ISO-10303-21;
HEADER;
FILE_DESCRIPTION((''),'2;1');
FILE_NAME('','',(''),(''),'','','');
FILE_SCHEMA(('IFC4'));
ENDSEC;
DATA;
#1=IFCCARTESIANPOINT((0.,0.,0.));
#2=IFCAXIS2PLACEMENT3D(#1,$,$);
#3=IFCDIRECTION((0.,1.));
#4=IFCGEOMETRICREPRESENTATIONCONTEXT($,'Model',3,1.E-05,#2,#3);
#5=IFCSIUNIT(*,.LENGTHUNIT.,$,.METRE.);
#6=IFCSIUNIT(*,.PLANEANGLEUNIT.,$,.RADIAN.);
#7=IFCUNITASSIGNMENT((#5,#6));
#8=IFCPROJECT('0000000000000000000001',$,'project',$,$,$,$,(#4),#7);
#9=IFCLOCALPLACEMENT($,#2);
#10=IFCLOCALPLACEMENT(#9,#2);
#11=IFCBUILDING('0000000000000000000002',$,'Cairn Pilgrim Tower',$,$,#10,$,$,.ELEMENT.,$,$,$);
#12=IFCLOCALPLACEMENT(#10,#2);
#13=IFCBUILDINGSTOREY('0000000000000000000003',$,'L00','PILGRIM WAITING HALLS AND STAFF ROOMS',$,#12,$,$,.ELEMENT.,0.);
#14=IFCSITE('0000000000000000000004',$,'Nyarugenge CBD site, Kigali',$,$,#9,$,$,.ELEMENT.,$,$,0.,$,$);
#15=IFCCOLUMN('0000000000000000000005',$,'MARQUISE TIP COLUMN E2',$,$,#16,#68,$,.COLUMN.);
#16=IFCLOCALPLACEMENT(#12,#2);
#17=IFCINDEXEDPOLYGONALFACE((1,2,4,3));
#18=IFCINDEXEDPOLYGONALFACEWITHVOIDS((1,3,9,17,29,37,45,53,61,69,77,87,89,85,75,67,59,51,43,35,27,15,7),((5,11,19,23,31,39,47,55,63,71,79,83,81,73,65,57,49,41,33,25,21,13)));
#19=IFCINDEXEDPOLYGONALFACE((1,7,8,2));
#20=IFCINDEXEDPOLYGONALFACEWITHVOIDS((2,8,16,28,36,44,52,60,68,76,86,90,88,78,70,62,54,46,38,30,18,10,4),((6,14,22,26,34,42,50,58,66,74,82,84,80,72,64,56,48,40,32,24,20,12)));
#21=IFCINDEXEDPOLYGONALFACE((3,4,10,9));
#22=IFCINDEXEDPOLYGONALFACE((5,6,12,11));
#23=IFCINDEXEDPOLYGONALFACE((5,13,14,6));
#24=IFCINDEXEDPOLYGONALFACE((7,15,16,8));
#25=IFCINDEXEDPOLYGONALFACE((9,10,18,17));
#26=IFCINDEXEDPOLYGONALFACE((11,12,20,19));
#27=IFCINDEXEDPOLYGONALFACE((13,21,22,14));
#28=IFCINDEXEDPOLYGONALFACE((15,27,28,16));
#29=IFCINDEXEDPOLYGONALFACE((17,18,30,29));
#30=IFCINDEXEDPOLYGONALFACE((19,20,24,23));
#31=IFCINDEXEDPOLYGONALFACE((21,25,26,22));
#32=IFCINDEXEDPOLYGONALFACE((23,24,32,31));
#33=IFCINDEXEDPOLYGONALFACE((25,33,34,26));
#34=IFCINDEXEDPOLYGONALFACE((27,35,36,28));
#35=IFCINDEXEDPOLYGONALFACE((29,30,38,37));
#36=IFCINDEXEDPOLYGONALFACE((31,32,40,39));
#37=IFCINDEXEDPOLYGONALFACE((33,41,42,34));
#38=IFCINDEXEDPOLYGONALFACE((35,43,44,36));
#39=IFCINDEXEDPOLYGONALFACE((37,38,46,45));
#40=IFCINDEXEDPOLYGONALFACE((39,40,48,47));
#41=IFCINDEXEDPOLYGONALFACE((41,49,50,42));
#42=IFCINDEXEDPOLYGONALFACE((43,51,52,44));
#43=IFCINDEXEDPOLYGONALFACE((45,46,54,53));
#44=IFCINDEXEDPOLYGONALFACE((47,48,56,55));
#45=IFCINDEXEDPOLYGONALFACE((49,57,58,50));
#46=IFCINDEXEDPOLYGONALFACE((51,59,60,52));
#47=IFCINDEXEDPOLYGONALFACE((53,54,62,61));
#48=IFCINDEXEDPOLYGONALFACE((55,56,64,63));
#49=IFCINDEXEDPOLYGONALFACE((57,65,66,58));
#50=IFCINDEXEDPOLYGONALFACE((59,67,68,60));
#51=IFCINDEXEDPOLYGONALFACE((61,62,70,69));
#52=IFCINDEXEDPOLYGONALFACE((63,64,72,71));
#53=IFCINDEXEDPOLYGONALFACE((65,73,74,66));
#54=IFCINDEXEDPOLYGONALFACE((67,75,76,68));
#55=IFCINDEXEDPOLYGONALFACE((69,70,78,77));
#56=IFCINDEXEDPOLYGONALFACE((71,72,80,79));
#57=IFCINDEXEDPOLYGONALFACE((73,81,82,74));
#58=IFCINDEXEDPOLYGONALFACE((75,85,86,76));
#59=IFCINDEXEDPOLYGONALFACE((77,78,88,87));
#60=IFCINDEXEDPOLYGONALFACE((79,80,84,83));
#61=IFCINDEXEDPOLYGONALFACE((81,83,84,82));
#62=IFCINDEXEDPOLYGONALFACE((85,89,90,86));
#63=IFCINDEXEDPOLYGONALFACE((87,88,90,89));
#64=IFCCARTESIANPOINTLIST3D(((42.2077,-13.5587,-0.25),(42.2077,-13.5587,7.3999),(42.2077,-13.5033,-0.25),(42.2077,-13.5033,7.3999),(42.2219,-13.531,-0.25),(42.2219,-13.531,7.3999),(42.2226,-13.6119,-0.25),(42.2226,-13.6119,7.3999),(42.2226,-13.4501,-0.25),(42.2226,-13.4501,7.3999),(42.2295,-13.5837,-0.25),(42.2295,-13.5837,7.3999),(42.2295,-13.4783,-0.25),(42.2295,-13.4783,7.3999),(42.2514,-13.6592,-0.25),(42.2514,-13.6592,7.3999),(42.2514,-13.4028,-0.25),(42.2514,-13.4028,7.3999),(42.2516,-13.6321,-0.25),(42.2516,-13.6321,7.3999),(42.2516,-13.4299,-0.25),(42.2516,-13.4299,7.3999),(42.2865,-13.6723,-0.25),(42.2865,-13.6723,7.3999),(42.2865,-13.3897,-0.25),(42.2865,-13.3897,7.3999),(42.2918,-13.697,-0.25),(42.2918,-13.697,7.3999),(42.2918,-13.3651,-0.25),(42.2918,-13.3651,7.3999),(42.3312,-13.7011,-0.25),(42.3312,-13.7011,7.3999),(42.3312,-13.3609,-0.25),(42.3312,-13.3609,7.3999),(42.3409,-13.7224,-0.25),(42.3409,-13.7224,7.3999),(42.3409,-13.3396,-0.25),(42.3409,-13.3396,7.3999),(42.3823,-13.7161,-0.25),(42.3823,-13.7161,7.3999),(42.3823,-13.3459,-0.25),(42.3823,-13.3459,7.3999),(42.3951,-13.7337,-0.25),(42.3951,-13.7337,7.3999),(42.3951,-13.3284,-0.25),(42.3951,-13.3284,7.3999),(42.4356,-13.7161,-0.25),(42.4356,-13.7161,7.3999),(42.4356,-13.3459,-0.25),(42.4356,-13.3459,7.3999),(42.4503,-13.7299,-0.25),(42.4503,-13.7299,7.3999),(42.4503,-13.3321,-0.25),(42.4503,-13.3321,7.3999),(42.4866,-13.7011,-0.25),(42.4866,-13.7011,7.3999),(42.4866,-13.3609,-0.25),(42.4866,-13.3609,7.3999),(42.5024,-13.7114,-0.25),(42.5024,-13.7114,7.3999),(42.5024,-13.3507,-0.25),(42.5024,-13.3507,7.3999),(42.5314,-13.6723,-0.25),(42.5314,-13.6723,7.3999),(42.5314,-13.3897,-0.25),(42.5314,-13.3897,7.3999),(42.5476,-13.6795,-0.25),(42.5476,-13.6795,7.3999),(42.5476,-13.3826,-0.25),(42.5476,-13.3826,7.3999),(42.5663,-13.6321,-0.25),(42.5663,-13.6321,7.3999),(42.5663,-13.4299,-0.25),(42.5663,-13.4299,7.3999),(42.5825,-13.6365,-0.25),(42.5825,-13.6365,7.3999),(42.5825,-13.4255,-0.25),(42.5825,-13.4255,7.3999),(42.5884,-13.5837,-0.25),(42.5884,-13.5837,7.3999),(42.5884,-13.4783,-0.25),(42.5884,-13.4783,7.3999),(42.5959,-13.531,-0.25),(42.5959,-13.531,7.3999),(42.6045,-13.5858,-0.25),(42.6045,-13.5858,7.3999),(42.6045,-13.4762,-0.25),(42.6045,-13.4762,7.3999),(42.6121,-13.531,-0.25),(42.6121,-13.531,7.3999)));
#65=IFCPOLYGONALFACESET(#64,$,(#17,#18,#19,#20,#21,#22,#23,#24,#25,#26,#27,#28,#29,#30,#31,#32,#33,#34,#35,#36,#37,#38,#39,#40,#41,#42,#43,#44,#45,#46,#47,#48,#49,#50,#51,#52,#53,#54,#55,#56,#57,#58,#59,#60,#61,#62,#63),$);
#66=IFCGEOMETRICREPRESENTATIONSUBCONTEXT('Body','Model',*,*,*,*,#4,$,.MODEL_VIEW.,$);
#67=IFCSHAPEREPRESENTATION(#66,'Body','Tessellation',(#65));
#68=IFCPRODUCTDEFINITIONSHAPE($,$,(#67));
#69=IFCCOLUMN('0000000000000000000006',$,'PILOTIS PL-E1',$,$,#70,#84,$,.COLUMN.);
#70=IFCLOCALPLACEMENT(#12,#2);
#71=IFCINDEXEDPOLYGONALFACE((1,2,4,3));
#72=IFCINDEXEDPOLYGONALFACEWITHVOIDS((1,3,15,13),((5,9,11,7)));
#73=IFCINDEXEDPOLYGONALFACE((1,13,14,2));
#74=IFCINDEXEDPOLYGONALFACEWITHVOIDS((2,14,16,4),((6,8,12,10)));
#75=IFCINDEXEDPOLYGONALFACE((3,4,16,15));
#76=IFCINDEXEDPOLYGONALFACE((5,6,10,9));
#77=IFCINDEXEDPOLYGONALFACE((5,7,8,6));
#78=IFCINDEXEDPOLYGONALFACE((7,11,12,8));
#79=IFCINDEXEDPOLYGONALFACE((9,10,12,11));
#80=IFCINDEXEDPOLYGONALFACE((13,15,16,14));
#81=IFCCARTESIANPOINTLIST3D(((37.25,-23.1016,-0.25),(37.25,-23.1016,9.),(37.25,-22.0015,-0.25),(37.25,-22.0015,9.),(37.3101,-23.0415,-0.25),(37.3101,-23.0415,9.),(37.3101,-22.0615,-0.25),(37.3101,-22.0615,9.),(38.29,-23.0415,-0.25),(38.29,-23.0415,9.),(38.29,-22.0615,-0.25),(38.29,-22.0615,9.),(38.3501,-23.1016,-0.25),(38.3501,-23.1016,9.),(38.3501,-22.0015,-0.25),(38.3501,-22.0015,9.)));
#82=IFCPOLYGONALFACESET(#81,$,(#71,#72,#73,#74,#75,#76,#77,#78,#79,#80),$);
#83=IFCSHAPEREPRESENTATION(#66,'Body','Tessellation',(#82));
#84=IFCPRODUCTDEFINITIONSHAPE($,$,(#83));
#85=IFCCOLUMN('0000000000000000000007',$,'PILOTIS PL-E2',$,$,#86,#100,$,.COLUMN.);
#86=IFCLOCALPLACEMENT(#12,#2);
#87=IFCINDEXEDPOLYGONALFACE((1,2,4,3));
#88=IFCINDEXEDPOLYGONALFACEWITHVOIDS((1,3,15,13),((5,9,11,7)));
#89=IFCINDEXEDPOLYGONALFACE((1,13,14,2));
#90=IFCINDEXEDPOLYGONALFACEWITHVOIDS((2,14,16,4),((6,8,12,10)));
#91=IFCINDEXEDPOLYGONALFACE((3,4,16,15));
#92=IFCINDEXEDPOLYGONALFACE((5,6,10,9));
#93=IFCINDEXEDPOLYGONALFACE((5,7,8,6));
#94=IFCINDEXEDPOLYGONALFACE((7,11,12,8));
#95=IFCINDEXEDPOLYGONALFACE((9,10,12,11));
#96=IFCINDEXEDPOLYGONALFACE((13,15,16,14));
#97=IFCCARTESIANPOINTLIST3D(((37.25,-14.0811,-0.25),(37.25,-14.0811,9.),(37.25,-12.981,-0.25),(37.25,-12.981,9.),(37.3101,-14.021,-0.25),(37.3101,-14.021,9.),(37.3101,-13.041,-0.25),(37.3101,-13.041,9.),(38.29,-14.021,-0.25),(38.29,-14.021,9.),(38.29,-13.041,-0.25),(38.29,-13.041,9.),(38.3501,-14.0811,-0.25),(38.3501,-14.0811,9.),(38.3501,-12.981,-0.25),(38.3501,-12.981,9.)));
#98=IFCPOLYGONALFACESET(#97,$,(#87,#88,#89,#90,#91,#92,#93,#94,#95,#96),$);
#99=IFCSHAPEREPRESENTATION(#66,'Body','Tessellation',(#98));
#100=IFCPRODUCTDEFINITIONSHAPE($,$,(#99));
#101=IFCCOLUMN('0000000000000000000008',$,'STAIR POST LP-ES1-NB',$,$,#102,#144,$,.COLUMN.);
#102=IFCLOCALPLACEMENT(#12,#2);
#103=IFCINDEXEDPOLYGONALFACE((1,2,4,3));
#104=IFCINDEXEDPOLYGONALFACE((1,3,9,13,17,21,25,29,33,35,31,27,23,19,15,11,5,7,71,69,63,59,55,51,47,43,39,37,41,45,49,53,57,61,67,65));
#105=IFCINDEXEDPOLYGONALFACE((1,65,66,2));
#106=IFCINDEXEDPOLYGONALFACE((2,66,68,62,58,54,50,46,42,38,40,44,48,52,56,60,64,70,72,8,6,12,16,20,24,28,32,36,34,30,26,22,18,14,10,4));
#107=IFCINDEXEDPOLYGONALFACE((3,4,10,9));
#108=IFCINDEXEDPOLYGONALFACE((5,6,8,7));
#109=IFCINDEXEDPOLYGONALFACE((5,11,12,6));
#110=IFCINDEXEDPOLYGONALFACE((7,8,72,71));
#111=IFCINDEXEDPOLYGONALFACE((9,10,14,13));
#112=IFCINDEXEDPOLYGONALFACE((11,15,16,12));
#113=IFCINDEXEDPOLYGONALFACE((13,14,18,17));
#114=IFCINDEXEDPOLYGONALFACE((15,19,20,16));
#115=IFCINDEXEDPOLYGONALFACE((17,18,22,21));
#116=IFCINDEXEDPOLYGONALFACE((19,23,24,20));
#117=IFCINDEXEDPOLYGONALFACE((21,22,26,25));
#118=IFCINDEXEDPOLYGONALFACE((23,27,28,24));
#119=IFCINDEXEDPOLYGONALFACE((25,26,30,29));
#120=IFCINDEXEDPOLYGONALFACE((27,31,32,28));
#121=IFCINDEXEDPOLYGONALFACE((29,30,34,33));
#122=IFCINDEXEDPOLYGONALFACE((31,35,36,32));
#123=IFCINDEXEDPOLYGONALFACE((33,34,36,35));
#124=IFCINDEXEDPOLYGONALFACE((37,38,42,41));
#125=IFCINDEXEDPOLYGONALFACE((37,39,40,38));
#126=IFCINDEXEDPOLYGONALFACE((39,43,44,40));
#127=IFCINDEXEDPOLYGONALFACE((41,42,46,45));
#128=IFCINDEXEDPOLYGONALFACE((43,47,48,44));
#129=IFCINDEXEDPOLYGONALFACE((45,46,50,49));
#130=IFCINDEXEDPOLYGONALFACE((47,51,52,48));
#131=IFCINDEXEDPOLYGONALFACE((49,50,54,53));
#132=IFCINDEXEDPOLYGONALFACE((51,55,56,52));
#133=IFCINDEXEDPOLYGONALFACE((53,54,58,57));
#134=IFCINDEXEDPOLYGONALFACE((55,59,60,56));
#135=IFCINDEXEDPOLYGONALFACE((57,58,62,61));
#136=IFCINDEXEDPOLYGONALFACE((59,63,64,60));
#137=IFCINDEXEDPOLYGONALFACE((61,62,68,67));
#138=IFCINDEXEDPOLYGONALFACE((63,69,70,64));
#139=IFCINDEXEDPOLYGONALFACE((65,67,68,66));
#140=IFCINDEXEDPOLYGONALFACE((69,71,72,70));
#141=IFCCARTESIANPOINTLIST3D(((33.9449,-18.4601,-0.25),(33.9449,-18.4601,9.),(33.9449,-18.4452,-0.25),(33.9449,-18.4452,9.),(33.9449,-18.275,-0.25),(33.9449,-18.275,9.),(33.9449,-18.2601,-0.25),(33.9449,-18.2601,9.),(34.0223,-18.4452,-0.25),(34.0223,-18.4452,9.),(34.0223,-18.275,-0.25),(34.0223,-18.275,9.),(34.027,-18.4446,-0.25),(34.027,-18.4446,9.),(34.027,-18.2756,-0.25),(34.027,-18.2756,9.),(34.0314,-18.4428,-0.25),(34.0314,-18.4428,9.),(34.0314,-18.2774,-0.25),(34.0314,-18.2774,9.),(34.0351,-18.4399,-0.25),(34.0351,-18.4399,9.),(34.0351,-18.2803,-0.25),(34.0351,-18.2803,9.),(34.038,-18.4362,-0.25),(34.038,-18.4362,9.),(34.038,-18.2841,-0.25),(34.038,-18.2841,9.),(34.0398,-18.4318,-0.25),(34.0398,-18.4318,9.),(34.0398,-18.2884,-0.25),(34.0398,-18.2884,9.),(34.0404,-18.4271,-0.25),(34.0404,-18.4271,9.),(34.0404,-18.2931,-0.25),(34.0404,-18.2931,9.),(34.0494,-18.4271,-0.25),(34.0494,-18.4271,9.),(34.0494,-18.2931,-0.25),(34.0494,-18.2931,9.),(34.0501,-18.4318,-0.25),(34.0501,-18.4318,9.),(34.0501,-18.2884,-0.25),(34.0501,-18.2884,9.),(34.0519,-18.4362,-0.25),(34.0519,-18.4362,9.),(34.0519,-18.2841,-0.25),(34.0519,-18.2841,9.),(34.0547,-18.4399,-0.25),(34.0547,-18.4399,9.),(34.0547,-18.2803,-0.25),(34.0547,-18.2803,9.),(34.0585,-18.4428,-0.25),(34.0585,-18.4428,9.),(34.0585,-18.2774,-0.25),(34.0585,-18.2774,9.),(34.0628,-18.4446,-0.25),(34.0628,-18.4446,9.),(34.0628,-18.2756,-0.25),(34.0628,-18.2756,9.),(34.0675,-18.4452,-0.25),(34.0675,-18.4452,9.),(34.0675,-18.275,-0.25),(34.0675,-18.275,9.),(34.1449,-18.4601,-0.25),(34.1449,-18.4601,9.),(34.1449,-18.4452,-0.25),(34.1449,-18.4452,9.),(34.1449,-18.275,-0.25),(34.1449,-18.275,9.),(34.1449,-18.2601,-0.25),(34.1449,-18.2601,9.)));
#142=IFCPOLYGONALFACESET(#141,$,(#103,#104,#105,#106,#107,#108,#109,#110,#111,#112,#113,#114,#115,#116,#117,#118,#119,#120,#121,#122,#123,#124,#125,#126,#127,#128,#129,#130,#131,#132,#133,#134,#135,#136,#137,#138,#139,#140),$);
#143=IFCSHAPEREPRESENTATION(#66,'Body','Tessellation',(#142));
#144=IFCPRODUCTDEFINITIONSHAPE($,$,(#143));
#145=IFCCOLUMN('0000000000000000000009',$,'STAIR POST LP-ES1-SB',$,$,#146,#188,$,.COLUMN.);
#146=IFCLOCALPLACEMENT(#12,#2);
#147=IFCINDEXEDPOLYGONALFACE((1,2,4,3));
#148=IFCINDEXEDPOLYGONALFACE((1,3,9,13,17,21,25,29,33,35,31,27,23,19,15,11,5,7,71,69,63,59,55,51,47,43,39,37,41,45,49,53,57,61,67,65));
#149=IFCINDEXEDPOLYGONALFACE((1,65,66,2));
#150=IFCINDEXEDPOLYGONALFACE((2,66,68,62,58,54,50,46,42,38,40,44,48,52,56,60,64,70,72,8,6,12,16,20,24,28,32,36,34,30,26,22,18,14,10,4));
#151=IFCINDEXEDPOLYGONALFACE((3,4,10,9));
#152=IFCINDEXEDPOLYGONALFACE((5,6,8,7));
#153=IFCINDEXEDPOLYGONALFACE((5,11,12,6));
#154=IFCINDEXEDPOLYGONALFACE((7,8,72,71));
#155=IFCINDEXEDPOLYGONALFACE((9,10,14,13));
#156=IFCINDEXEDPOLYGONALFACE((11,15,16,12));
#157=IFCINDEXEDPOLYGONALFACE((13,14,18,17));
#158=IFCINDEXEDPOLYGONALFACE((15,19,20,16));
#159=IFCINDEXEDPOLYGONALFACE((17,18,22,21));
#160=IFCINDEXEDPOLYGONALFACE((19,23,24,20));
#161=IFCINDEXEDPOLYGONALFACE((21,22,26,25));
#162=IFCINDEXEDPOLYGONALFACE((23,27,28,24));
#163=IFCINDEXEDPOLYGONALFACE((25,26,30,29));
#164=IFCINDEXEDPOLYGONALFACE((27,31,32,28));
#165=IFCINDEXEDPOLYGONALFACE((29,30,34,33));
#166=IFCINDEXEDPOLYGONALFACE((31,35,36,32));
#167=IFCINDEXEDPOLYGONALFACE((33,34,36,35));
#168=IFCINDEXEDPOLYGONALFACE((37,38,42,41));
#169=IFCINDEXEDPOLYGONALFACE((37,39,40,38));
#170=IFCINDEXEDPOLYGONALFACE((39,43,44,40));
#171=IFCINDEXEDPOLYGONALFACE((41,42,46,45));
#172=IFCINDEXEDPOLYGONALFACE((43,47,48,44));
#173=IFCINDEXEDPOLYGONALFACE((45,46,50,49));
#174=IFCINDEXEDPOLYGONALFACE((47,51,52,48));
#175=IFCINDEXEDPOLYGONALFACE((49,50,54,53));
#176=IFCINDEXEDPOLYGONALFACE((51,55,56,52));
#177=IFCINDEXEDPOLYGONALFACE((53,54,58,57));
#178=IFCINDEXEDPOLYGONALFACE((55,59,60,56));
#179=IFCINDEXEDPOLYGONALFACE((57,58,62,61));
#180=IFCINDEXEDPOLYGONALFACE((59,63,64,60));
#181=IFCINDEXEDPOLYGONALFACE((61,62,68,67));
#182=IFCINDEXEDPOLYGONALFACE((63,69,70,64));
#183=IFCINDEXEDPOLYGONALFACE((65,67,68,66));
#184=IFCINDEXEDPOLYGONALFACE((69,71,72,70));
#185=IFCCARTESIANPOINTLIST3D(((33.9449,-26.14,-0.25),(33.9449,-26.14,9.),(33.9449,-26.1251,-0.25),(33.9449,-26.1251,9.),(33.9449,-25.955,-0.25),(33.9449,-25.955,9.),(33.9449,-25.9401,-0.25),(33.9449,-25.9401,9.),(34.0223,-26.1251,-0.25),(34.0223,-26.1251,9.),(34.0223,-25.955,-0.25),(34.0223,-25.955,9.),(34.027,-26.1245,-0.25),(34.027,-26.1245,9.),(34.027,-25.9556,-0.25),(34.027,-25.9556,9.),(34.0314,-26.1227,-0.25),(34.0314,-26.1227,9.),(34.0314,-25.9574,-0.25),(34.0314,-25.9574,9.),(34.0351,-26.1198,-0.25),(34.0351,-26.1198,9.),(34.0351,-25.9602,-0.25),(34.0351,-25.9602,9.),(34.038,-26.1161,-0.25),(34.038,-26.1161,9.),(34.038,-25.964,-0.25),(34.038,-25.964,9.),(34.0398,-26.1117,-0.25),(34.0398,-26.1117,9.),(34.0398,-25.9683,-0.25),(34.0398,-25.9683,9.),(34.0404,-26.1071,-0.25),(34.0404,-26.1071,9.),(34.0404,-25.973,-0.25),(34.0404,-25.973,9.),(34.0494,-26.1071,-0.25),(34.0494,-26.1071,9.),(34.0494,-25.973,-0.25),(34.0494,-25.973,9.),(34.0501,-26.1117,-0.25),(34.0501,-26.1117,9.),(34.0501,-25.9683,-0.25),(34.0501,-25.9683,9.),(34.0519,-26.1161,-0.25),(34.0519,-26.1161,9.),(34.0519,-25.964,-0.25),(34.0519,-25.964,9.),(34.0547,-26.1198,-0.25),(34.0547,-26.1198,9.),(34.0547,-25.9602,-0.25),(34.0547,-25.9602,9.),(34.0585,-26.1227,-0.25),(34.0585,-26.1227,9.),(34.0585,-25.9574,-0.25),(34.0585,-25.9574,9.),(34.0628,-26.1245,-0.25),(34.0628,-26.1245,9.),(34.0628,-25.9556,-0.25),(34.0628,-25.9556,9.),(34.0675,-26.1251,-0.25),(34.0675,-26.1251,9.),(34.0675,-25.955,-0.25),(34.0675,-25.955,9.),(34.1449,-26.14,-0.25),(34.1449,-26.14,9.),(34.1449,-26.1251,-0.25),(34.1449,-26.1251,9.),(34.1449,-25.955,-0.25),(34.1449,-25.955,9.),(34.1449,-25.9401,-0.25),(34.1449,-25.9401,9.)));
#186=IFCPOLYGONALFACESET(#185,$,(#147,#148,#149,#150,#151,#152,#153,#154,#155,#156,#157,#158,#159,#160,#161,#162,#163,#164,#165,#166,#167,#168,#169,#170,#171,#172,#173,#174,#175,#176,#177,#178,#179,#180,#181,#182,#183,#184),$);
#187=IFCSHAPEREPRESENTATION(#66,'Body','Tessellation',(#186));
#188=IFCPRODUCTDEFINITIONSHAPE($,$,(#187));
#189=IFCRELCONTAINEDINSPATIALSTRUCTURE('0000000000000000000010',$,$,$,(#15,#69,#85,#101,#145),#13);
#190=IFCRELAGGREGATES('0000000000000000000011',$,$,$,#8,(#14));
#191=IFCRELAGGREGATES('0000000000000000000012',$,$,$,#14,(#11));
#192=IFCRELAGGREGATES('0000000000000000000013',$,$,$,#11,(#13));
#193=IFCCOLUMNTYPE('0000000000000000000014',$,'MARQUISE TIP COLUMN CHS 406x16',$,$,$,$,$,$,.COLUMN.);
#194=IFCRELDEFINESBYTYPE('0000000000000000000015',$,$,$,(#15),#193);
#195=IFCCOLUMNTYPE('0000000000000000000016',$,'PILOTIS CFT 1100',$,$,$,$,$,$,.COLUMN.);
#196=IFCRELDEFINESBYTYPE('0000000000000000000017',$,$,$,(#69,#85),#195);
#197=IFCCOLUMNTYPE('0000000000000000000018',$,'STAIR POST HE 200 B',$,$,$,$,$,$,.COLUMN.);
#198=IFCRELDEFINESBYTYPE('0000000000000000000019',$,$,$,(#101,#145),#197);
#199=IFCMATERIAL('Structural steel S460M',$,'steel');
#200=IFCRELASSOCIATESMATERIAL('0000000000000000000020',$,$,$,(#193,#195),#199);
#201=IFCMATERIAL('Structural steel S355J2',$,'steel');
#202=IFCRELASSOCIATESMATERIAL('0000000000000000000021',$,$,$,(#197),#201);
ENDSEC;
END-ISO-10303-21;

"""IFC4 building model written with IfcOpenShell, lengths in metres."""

from ifc_helpers import new_model, si_unit, direction, frame, origin, origin_2d, place, context, subcontext, project, spatial, hollow_rectangle, hollow_circle, i_section, extrude, material, material_profile, profile_set, type_object, element, save


model = new_model("IFC4")

# Units and contexts
model_context = context("Model", 3, precision=1e-05, world=origin(), true_north=direction((0.0, 1.0)))
body_context = subcontext(model_context, "Body", "Model", "MODEL_VIEW")
ifc_project = project(units=[si_unit("LENGTHUNIT", "METRE"), si_unit("PLANEANGLEUNIT", "RADIAN")], contexts=[model_context])

# Site, building, storey
site_placement = place(None, origin())
site = spatial("IfcSite", under=ifc_project, at=site_placement, Name="Nyarugenge CBD site, Kigali", CompositionType="ELEMENT", RefElevation=0.0)
building_placement = place(site_placement, origin())
building = spatial("IfcBuilding", under=site, at=building_placement, Name="Cairn Pilgrim Tower", CompositionType="ELEMENT")
storey_placement = place(building_placement, origin())
storey = spatial("IfcBuildingStorey", under=building, at=storey_placement, Name="L00", Description="PILGRIM WAITING HALLS AND STAFF ROOMS", CompositionType="ELEMENT", Elevation=0.0)

# Columns
ifc_material_1 = material(Name="Structural steel S460M", Category="steel")
ifc_material_profile_1 = material_profile(ifc_material_1, hollow_circle(Radius=0.2031, WallThickness=0.0161, at=origin_2d()), Name="MARQUISE TIP COLUMN CHS 406x16")
ifc_profile_set_1 = profile_set([ifc_material_profile_1], Name="Structural steel S460M")
column_type_1 = type_object("IfcColumnType", Name="MARQUISE TIP COLUMN CHS 406x16", PredefinedType="COLUMN", material=ifc_profile_set_1)
for number, where, z_axis, x_axis, name in (
    (1, (42.4089, -13.531, -0.25), (0.0, 0.0, 1.0), (1.0, 0.0, 0.0), "MARQUISE TIP COLUMN E2"),
):
    element("IfcColumn", number, at=place(storey_placement, frame(where, z_axis=z_axis, x_axis=x_axis)), inside=storey, type_object=column_type_1, Name=name, PredefinedType="COLUMN", context=body_context, shape_type="SweptSolid", body=[
        extrude(hollow_circle(Radius=0.2031, WallThickness=0.0161, at=origin_2d()), origin(), (0.0, 0.0, 1.0), 7.6499),
    ])
ifc_material_profile_2 = material_profile(ifc_material_1, hollow_rectangle(XDim=1.1001, YDim=1.1001, WallThickness=0.0601, at=origin_2d()), Name="BOX 1100x1100x60")
ifc_profile_set_2 = profile_set([ifc_material_profile_2], Name="Structural steel S460M")
column_type_2 = type_object("IfcColumnType", Name="PILOTIS CFT 1100", PredefinedType="COLUMN", material=ifc_profile_set_2)
for number, where, z_axis, x_axis, name in (
    (2, (37.8, -22.5515, -0.25), (0.0, 0.0, 1.0), (1.0, 0.0, 0.0), "PILOTIS PL-E1"),
    (3, (37.8, -13.531, -0.25), (0.0, 0.0, 1.0), (1.0, 0.0, 0.0), "PILOTIS PL-E2"),
):
    element("IfcColumn", number, at=place(storey_placement, frame(where, z_axis=z_axis, x_axis=x_axis)), inside=storey, type_object=column_type_2, Name=name, PredefinedType="COLUMN", context=body_context, shape_type="SweptSolid", body=[
        extrude(hollow_rectangle(XDim=1.1001, YDim=1.1001, WallThickness=0.0601, at=origin_2d()), origin(), (0.0, 0.0, 1.0), 9.25),
    ])
ifc_material_2 = material(Name="Structural steel S355J2", Category="steel")
ifc_material_profile_3 = material_profile(ifc_material_2, i_section(OverallWidth=0.2, OverallDepth=0.2, WebThickness=0.009, FlangeThickness=0.0149, FilletRadius=0.0181, at=origin_2d()), Name="HE 200 B")
ifc_profile_set_3 = profile_set([ifc_material_profile_3], Name="Structural steel S355J2")
column_type_3 = type_object("IfcColumnType", Name="STAIR POST HE 200 B", PredefinedType="COLUMN", material=ifc_profile_set_3)
for number, where, z_axis, x_axis, name in (
    (4, (34.0449, -18.3601, -0.25), (0.0, 0.0, 1.0), (1.0, 0.0, 0.0), "STAIR POST LP-ES1-NB"),
    (5, (34.0449, -26.04, -0.25), (0.0, 0.0, 1.0), (1.0, 0.0, 0.0), "STAIR POST LP-ES1-SB"),
):
    element("IfcColumn", number, at=place(storey_placement, frame(where, z_axis=z_axis, x_axis=x_axis)), inside=storey, type_object=column_type_3, Name=name, PredefinedType="COLUMN", context=body_context, shape_type="SweptSolid", body=[
        extrude(i_section(OverallWidth=0.2, OverallDepth=0.2, WebThickness=0.009, FlangeThickness=0.0149, FilletRadius=0.0181, at=origin_2d()), origin(), (0.0, 0.0, 1.0), 9.25),
    ])

save(model, "model.ifc")
